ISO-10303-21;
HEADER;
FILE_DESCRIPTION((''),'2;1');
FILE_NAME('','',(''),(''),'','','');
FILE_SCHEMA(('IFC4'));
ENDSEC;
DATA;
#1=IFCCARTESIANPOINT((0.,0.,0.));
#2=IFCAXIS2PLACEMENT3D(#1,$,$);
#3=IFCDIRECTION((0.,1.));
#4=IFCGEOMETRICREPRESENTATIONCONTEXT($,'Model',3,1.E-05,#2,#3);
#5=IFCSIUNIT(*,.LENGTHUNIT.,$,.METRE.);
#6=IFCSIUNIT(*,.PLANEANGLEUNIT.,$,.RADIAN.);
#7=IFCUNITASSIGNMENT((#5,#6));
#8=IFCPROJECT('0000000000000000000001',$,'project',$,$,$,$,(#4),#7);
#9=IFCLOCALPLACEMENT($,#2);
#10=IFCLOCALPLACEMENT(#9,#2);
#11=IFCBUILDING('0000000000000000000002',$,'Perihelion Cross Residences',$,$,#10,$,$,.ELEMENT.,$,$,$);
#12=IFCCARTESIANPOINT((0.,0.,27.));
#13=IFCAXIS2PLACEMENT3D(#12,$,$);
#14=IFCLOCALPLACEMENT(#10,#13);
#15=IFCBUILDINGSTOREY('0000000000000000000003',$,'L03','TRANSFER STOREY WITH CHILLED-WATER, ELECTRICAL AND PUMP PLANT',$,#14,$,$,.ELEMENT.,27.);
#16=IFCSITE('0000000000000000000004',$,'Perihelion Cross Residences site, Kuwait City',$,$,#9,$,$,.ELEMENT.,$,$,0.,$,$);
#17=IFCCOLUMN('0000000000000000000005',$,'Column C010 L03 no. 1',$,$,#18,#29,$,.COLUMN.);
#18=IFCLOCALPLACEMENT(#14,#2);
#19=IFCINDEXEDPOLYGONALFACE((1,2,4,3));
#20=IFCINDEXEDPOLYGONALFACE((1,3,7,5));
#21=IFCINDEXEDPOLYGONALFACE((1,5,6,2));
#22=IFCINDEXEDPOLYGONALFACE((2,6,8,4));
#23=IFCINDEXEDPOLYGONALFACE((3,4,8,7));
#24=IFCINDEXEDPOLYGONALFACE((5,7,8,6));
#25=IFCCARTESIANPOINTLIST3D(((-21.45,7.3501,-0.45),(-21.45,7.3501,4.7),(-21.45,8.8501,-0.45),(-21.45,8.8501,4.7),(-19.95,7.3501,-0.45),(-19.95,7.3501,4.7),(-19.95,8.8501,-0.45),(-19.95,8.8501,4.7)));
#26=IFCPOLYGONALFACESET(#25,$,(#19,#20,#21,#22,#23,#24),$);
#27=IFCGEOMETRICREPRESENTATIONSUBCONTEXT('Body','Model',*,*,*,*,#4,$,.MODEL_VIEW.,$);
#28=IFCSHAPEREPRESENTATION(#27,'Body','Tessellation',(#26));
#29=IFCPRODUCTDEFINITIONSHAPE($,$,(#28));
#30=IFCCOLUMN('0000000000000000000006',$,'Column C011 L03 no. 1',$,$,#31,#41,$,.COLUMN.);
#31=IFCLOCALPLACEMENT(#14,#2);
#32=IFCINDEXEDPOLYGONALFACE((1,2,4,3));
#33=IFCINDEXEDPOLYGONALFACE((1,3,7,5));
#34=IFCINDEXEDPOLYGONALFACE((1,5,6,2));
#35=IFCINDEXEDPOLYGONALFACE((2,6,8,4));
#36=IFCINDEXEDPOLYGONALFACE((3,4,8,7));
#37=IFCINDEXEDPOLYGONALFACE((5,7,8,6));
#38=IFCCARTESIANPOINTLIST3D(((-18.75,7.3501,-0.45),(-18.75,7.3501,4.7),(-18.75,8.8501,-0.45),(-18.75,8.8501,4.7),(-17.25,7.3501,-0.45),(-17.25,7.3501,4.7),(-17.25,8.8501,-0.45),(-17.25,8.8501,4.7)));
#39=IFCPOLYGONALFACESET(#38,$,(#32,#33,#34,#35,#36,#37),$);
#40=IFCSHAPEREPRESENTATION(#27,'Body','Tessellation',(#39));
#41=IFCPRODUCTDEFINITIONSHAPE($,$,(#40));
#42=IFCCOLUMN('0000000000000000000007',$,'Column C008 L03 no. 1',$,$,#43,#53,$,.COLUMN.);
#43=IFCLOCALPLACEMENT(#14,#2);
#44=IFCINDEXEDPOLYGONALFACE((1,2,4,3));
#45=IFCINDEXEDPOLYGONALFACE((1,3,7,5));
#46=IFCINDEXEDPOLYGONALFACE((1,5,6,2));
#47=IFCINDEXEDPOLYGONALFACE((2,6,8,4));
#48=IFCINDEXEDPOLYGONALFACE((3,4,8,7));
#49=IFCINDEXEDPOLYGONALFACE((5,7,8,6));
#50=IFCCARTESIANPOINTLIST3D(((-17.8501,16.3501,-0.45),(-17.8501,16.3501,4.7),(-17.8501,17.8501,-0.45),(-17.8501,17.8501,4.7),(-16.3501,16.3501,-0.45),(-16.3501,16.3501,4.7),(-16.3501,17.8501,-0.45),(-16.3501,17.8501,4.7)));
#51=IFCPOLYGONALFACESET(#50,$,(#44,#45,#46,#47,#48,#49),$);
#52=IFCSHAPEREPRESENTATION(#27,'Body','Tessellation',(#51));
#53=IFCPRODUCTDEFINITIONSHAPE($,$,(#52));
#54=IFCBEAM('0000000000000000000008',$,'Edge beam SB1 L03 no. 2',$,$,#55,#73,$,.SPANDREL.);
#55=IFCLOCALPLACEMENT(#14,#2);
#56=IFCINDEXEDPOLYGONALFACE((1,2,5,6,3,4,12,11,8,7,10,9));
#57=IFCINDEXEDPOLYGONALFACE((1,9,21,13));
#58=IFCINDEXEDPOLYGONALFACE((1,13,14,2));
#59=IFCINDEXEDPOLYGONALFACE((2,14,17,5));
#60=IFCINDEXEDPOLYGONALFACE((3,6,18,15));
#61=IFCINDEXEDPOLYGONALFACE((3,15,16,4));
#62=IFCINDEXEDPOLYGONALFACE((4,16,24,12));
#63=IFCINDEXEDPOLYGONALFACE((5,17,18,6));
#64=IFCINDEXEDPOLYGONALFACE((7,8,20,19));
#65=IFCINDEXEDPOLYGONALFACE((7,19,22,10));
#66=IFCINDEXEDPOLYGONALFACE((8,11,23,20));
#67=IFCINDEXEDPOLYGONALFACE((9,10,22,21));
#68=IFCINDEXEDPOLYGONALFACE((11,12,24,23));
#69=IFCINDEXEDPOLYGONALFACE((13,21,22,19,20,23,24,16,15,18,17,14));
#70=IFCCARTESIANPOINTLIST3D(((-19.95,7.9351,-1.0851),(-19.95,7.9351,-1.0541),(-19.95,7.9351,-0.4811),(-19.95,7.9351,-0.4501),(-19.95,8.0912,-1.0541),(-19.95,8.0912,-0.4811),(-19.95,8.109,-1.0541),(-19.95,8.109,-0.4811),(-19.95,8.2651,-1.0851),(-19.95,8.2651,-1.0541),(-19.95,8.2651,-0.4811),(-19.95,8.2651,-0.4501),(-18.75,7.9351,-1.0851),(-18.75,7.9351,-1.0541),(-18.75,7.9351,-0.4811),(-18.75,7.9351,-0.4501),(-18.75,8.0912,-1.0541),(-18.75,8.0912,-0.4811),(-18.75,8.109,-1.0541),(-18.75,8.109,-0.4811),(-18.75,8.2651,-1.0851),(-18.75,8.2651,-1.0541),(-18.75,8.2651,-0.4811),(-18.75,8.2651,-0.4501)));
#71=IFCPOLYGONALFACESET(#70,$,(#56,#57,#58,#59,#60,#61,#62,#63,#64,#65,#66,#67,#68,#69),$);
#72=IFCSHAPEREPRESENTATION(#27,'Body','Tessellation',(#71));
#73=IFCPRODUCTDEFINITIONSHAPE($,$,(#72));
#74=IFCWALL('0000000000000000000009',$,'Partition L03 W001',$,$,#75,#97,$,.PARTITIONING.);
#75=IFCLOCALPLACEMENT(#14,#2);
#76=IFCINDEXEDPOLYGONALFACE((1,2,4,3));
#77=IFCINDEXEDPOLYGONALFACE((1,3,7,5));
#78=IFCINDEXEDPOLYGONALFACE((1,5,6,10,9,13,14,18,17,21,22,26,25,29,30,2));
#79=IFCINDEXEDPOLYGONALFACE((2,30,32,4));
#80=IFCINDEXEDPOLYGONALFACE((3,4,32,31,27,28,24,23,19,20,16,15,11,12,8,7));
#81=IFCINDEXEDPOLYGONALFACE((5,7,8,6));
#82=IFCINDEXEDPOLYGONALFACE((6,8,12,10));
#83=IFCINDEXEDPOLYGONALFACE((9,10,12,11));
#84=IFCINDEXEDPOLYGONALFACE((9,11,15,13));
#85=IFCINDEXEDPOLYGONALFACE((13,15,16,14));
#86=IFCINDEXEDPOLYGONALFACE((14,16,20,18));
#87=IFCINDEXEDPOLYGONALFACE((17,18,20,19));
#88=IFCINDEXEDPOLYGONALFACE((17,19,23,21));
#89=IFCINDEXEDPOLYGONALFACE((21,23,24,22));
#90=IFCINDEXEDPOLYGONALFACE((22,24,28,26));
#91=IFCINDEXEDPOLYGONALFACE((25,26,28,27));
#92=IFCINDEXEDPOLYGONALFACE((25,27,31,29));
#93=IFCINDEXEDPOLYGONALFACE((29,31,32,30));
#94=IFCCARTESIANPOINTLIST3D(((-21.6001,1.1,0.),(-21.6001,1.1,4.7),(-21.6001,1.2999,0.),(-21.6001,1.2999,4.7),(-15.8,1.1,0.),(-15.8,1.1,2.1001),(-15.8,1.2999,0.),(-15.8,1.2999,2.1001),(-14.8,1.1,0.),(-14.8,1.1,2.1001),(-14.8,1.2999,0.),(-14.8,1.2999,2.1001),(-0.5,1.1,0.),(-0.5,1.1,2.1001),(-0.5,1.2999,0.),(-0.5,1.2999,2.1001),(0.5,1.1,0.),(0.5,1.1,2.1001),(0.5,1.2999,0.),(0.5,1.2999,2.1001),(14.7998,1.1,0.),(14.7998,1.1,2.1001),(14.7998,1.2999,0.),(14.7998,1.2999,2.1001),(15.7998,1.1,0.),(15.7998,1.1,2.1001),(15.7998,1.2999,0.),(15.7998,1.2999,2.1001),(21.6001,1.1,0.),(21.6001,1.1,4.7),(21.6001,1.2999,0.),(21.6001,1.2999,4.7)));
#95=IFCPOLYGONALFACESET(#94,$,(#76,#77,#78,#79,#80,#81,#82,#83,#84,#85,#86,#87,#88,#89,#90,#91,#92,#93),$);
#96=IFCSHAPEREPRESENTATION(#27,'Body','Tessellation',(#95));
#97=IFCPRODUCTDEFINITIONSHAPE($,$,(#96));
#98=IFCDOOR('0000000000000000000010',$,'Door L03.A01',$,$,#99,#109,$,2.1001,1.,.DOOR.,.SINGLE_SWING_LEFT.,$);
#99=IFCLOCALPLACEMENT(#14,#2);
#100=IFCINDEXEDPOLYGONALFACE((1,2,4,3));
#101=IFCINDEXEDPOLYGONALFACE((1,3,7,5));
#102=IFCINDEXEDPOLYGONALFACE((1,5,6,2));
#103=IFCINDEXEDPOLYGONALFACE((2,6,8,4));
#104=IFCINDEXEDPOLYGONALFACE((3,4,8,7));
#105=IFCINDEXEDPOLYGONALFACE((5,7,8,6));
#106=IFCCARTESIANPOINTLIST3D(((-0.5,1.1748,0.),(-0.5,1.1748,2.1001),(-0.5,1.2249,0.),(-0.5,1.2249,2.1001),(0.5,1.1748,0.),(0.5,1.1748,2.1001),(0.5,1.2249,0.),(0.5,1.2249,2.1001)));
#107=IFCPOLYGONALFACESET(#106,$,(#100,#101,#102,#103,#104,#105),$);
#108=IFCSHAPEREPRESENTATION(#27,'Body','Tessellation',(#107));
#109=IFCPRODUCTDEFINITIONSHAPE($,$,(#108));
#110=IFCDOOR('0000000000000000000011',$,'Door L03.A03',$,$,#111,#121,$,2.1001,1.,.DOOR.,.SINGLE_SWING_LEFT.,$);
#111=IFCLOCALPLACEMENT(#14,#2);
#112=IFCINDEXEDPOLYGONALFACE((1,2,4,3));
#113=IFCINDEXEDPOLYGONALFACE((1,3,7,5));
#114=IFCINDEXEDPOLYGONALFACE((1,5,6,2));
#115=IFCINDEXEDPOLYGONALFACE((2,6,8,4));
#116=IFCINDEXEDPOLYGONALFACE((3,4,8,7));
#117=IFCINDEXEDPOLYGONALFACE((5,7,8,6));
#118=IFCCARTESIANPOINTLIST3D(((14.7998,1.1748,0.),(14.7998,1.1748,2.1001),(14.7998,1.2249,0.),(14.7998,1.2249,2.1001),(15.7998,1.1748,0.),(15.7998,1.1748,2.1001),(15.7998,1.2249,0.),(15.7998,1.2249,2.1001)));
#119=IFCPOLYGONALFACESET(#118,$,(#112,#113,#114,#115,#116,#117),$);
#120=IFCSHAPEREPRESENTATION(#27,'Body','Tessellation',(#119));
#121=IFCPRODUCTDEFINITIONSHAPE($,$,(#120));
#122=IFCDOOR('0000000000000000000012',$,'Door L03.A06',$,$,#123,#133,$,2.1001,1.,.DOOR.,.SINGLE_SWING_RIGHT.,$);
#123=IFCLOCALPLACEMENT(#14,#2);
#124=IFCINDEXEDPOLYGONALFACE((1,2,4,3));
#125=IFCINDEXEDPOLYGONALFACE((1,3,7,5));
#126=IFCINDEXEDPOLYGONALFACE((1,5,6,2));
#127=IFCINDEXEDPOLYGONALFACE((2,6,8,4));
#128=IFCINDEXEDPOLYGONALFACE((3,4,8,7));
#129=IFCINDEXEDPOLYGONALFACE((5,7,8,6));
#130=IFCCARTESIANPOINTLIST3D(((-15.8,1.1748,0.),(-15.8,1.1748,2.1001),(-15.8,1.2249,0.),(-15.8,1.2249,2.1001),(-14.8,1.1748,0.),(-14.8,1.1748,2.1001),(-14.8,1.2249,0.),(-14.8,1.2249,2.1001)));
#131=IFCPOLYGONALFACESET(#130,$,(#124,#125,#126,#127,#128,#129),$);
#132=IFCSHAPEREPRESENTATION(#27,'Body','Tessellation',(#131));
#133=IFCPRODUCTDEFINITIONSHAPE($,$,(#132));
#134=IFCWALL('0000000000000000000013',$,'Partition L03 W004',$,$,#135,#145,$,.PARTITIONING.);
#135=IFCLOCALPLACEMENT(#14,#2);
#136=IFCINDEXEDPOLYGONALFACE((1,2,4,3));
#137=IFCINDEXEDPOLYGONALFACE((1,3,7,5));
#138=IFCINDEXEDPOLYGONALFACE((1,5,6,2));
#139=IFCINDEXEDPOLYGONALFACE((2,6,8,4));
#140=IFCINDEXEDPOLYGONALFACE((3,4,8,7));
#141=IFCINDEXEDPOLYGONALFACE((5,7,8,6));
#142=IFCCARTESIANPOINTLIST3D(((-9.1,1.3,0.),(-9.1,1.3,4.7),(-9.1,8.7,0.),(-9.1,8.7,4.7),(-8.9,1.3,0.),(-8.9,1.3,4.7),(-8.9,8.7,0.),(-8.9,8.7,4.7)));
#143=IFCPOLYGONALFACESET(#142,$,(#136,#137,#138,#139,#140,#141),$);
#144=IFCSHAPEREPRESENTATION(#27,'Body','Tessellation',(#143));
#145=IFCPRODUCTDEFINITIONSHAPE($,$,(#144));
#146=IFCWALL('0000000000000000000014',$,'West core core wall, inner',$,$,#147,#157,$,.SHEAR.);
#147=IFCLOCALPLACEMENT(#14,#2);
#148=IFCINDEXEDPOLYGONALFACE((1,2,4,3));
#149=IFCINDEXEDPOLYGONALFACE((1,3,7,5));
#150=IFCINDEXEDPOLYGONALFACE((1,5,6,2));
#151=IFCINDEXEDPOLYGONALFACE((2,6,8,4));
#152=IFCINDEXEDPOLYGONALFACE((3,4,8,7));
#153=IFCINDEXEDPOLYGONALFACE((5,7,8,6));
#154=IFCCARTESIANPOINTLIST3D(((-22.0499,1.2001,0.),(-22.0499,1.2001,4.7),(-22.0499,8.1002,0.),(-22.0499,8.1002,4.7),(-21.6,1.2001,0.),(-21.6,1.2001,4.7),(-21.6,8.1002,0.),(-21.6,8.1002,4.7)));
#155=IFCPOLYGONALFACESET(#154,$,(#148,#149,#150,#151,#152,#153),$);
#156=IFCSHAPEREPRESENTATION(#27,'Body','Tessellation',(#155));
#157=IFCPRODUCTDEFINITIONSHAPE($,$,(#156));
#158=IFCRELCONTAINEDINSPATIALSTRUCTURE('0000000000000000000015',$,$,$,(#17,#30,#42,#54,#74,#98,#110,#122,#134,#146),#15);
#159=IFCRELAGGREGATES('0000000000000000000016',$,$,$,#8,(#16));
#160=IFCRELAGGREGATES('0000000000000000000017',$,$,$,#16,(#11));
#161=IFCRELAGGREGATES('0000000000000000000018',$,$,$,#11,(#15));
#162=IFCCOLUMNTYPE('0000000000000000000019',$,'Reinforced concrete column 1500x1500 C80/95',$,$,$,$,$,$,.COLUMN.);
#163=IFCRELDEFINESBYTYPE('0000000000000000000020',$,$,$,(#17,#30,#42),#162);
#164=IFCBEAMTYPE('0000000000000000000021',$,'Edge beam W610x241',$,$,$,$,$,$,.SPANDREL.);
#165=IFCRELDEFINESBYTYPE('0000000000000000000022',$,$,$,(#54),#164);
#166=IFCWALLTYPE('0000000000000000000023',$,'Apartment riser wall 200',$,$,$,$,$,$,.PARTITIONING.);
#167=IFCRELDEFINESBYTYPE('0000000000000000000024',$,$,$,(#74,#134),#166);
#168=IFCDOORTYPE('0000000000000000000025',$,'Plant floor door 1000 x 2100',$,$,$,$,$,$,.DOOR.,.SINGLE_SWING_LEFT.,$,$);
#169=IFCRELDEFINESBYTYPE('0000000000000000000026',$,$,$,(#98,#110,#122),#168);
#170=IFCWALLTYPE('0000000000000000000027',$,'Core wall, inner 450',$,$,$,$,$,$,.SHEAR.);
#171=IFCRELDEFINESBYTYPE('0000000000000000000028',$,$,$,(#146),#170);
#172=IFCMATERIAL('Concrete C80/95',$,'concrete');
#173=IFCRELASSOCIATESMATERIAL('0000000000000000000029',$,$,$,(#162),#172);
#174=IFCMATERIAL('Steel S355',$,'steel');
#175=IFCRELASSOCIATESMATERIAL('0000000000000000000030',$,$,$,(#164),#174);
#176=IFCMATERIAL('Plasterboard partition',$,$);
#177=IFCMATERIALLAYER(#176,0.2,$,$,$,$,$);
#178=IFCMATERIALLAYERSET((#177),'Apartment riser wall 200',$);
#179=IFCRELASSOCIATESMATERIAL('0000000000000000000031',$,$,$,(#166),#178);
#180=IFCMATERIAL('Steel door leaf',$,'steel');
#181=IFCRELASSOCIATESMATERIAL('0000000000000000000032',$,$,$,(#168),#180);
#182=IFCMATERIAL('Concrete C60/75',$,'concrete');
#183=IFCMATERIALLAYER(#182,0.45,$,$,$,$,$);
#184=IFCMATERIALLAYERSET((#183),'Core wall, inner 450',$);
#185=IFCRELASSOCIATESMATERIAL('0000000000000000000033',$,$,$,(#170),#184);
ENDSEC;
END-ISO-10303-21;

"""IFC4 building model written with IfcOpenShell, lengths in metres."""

from ifc_helpers import new_model, si_unit, direction, frame, frame_2d, origin, origin_2d, place, context, subcontext, project, spatial, rectangle, i_section, extrude, material, layer, layer_set, material_profile, profile_set, type_object, element, fill, save


model = new_model("IFC4")

# Units and contexts
model_context = context("Model", 3, precision=1e-05, world=origin(), true_north=direction((0.0, 1.0)))
body_context = subcontext(model_context, "Body", "Model", "MODEL_VIEW")
ifc_project = project(units=[si_unit("LENGTHUNIT", "METRE"), si_unit("PLANEANGLEUNIT", "RADIAN")], contexts=[model_context])

# Site, building, storey
site_placement = place(None, origin())
site = spatial("IfcSite", under=ifc_project, at=site_placement, Name="Perihelion Cross Residences site, Kuwait City", CompositionType="ELEMENT", RefElevation=0.0)
building_placement = place(site_placement, origin())
building = spatial("IfcBuilding", under=site, at=building_placement, Name="Perihelion Cross Residences", CompositionType="ELEMENT")
storey_placement = place(building_placement, frame((0.0, 0.0, 27.0)))
storey = spatial("IfcBuildingStorey", under=building, at=storey_placement, Name="L03", Description="TRANSFER STOREY WITH CHILLED-WATER, ELECTRICAL AND PUMP PLANT", CompositionType="ELEMENT", Elevation=27.0)

# Columns
ifc_material_1 = material(Name="Concrete C80/95", Category="concrete")
ifc_material_profile_1 = material_profile(ifc_material_1, rectangle(XDim=1.5, YDim=1.5, at=origin_2d()), Name="RC 1500x1500")
ifc_profile_set_1 = profile_set([ifc_material_profile_1], Name="Concrete C80/95")
column_type = type_object("IfcColumnType", Name="Reinforced concrete column 1500x1500 C80/95", PredefinedType="COLUMN", material=ifc_profile_set_1)
for number, where, z_axis, x_axis, name in (
    (1, (-20.7, 8.1001, -0.45), (0.0, 0.0, 1.0), (1.0, 0.0, 0.0), "Column C010 L03 no. 1"),
    (2, (-18.0, 8.1001, -0.45), (0.0, 0.0, 1.0), (1.0, 0.0, 0.0), "Column C011 L03 no. 1"),
    (3, (-17.1001, 17.1001, -0.45), (0.0, 0.0, 1.0), (1.0, 0.0, 0.0), "Column C008 L03 no. 1"),
):
    element("IfcColumn", number, at=place(storey_placement, frame(where, z_axis=z_axis, x_axis=x_axis)), inside=storey, type_object=column_type, Name=name, PredefinedType="COLUMN", context=body_context, shape_type="SweptSolid", body=[
        extrude(rectangle(XDim=1.5, YDim=1.5, at=origin_2d()), origin(), (0.0, 0.0, 1.0), 5.1499),
    ])

# Beam
ifc_material_2 = material(Name="Steel S355", Category="steel")
ifc_material_profile_2 = material_profile(ifc_material_2, i_section(OverallWidth=0.3301, OverallDepth=0.635, WebThickness=0.0178, FlangeThickness=0.031, at=origin_2d()), Name="W610x241")
ifc_profile_set_2 = profile_set([ifc_material_profile_2], Name="Steel S355")
beam_type = type_object("IfcBeamType", Name="Edge beam W610x241", PredefinedType="SPANDREL", material=ifc_profile_set_2)
beam_placement = place(storey_placement, frame((-18.75, 8.1001, -0.7676), z_axis=(-1.0, 0.0, 0.0), x_axis=(0.0, -1.0, 0.0)))
element("IfcBeam", 4, at=beam_placement, inside=storey, type_object=beam_type, Name="Edge beam SB1 L03 no. 2", PredefinedType="SPANDREL", context=body_context, shape_type="SweptSolid", body=[
    extrude(i_section(OverallWidth=0.3301, OverallDepth=0.635, WebThickness=0.0178, FlangeThickness=0.031, at=origin_2d()), origin(), (0.0, 0.0, 1.0), 1.2),
])

# Wall, openings, doors
ifc_material_3 = material(Name="Plasterboard partition")
ifc_layer_1 = layer(ifc_material_3, 0.2)
ifc_layer_set_1 = layer_set([ifc_layer_1], Name="Apartment riser wall 200")
wall_type_1 = type_object("IfcWallType", Name="Apartment riser wall 200", PredefinedType="PARTITIONING", material=ifc_layer_set_1)
wall_1_placement = place(storey_placement, frame((-21.6001, 1.2, 0.0), z_axis=(0.0, 0.0, 1.0), x_axis=(1.0, 0.0, 0.0)))
wall_1 = element("IfcWall", 5, at=wall_1_placement, inside=storey, type_object=wall_type_1, Name="Partition L03 W001", PredefinedType="PARTITIONING", context=body_context, shape_type="SweptSolid", body=[
    extrude(rectangle(XDim=43.2002, YDim=0.2, at=frame_2d((21.6001, 0.0))), origin(), (0.0, 0.0, 1.0), 4.7),
])
opening_1_placement = place(wall_1_placement, frame((21.1001, 0.0, 0.0)))
opening_1 = element("IfcOpeningElement", 6, at=opening_1_placement, cuts=wall_1, PredefinedType="OPENING", context=body_context, shape_type="SweptSolid", body=[
    extrude(rectangle(XDim=1.0, YDim=2.1001, at=frame_2d((0.5, 1.05))), frame((0.0, 0.1099, 0.0), z_axis=(0.0, -1.0, 0.0), x_axis=(1.0, 0.0, 0.0)), (0.0, 0.0, 1.0), 0.22),
])
opening_2_placement = place(wall_1_placement, frame((36.3999, 0.0, 0.0)))
opening_2 = element("IfcOpeningElement", 7, at=opening_2_placement, cuts=wall_1, PredefinedType="OPENING", context=body_context, shape_type="SweptSolid", body=[
    extrude(rectangle(XDim=1.0, YDim=2.1001, at=frame_2d((0.5, 1.05))), frame((0.0, 0.1099, 0.0), z_axis=(0.0, -1.0, 0.0), x_axis=(1.0, 0.0, 0.0)), (0.0, 0.0, 1.0), 0.22),
])
opening_3_placement = place(wall_1_placement, frame((5.8, 0.0, 0.0)))
opening_3 = element("IfcOpeningElement", 8, at=opening_3_placement, cuts=wall_1, PredefinedType="OPENING", context=body_context, shape_type="SweptSolid", body=[
    extrude(rectangle(XDim=1.0, YDim=2.1001, at=frame_2d((0.5, 1.05))), frame((0.0, 0.1099, 0.0), z_axis=(0.0, -1.0, 0.0), x_axis=(1.0, 0.0, 0.0)), (0.0, 0.0, 1.0), 0.22),
])
ifc_material_4 = material(Name="Steel door leaf", Category="steel")
door_type = type_object("IfcDoorType", Name="Plant floor door 1000 x 2100", OperationType="SINGLE_SWING_LEFT", PredefinedType="DOOR", material=ifc_material_4)
door_1_placement = place(opening_1_placement, origin())
door_1 = element("IfcDoor", 9, at=door_1_placement, inside=storey, type_object=door_type, Name="Door L03.A01", OperationType="SINGLE_SWING_LEFT", OverallHeight=2.1001, OverallWidth=1.0, PredefinedType="DOOR", context=body_context, shape_type="SweptSolid", body=[
    extrude(rectangle(XDim=1.0, YDim=2.1001, at=frame_2d((0.5, 1.05))), frame((0.0, 0.0249, 0.0), z_axis=(0.0, -1.0, 0.0), x_axis=(1.0, 0.0, 0.0)), (0.0, 0.0, 1.0), 0.05),
])
fill(opening_1, door_1)
door_2_placement = place(opening_2_placement, origin())
door_2 = element("IfcDoor", 10, at=door_2_placement, inside=storey, type_object=door_type, Name="Door L03.A03", OperationType="SINGLE_SWING_LEFT", OverallHeight=2.1001, OverallWidth=1.0, PredefinedType="DOOR", context=body_context, shape_type="SweptSolid", body=[
    extrude(rectangle(XDim=1.0, YDim=2.1001, at=frame_2d((0.5, 1.05))), frame((0.0, 0.0249, 0.0), z_axis=(0.0, -1.0, 0.0), x_axis=(1.0, 0.0, 0.0)), (0.0, 0.0, 1.0), 0.05),
])
fill(opening_2, door_2)
door_3_placement = place(opening_3_placement, origin())
door_3 = element("IfcDoor", 11, at=door_3_placement, inside=storey, type_object=door_type, Name="Door L03.A06", OperationType="SINGLE_SWING_RIGHT", OverallHeight=2.1001, OverallWidth=1.0, PredefinedType="DOOR", context=body_context, shape_type="SweptSolid", body=[
    extrude(rectangle(XDim=1.0, YDim=2.1001, at=frame_2d((0.5, 1.05))), frame((0.0, 0.0249, 0.0), z_axis=(0.0, -1.0, 0.0), x_axis=(1.0, 0.0, 0.0)), (0.0, 0.0, 1.0), 0.05),
])
fill(opening_3, door_3)

# Walls
wall_2_placement = place(storey_placement, frame((-9.0, 1.3, 0.0), z_axis=(0.0, 0.0, 1.0), x_axis=(0.0, 1.0, 0.0)))
element("IfcWall", 12, at=wall_2_placement, inside=storey, type_object=wall_type_1, Name="Partition L03 W004", PredefinedType="PARTITIONING", context=body_context, shape_type="SweptSolid", body=[
    extrude(rectangle(XDim=7.3999, YDim=0.2, at=frame_2d((3.7, 0.0))), origin(), (0.0, 0.0, 1.0), 4.7),
])
ifc_material_5 = material(Name="Concrete C60/75", Category="concrete")
ifc_layer_2 = layer(ifc_material_5, 0.45)
ifc_layer_set_2 = layer_set([ifc_layer_2], Name="Core wall, inner 450")
wall_type_2 = type_object("IfcWallType", Name="Core wall, inner 450", PredefinedType="SHEAR", material=ifc_layer_set_2)
wall_3_placement = place(storey_placement, frame((-21.825, 1.2, 0.0), z_axis=(0.0, 0.0, 1.0), x_axis=(0.0, 1.0, 0.0)))
element("IfcWall", 13, at=wall_3_placement, inside=storey, type_object=wall_type_2, Name="West core core wall, inner", PredefinedType="SHEAR", context=body_context, shape_type="SweptSolid", body=[
    extrude(rectangle(XDim=6.9001, YDim=0.45, at=frame_2d((3.4502, 0.0))), origin(), (0.0, 0.0, 1.0), 4.7),
])

save(model, "model.ifc")
